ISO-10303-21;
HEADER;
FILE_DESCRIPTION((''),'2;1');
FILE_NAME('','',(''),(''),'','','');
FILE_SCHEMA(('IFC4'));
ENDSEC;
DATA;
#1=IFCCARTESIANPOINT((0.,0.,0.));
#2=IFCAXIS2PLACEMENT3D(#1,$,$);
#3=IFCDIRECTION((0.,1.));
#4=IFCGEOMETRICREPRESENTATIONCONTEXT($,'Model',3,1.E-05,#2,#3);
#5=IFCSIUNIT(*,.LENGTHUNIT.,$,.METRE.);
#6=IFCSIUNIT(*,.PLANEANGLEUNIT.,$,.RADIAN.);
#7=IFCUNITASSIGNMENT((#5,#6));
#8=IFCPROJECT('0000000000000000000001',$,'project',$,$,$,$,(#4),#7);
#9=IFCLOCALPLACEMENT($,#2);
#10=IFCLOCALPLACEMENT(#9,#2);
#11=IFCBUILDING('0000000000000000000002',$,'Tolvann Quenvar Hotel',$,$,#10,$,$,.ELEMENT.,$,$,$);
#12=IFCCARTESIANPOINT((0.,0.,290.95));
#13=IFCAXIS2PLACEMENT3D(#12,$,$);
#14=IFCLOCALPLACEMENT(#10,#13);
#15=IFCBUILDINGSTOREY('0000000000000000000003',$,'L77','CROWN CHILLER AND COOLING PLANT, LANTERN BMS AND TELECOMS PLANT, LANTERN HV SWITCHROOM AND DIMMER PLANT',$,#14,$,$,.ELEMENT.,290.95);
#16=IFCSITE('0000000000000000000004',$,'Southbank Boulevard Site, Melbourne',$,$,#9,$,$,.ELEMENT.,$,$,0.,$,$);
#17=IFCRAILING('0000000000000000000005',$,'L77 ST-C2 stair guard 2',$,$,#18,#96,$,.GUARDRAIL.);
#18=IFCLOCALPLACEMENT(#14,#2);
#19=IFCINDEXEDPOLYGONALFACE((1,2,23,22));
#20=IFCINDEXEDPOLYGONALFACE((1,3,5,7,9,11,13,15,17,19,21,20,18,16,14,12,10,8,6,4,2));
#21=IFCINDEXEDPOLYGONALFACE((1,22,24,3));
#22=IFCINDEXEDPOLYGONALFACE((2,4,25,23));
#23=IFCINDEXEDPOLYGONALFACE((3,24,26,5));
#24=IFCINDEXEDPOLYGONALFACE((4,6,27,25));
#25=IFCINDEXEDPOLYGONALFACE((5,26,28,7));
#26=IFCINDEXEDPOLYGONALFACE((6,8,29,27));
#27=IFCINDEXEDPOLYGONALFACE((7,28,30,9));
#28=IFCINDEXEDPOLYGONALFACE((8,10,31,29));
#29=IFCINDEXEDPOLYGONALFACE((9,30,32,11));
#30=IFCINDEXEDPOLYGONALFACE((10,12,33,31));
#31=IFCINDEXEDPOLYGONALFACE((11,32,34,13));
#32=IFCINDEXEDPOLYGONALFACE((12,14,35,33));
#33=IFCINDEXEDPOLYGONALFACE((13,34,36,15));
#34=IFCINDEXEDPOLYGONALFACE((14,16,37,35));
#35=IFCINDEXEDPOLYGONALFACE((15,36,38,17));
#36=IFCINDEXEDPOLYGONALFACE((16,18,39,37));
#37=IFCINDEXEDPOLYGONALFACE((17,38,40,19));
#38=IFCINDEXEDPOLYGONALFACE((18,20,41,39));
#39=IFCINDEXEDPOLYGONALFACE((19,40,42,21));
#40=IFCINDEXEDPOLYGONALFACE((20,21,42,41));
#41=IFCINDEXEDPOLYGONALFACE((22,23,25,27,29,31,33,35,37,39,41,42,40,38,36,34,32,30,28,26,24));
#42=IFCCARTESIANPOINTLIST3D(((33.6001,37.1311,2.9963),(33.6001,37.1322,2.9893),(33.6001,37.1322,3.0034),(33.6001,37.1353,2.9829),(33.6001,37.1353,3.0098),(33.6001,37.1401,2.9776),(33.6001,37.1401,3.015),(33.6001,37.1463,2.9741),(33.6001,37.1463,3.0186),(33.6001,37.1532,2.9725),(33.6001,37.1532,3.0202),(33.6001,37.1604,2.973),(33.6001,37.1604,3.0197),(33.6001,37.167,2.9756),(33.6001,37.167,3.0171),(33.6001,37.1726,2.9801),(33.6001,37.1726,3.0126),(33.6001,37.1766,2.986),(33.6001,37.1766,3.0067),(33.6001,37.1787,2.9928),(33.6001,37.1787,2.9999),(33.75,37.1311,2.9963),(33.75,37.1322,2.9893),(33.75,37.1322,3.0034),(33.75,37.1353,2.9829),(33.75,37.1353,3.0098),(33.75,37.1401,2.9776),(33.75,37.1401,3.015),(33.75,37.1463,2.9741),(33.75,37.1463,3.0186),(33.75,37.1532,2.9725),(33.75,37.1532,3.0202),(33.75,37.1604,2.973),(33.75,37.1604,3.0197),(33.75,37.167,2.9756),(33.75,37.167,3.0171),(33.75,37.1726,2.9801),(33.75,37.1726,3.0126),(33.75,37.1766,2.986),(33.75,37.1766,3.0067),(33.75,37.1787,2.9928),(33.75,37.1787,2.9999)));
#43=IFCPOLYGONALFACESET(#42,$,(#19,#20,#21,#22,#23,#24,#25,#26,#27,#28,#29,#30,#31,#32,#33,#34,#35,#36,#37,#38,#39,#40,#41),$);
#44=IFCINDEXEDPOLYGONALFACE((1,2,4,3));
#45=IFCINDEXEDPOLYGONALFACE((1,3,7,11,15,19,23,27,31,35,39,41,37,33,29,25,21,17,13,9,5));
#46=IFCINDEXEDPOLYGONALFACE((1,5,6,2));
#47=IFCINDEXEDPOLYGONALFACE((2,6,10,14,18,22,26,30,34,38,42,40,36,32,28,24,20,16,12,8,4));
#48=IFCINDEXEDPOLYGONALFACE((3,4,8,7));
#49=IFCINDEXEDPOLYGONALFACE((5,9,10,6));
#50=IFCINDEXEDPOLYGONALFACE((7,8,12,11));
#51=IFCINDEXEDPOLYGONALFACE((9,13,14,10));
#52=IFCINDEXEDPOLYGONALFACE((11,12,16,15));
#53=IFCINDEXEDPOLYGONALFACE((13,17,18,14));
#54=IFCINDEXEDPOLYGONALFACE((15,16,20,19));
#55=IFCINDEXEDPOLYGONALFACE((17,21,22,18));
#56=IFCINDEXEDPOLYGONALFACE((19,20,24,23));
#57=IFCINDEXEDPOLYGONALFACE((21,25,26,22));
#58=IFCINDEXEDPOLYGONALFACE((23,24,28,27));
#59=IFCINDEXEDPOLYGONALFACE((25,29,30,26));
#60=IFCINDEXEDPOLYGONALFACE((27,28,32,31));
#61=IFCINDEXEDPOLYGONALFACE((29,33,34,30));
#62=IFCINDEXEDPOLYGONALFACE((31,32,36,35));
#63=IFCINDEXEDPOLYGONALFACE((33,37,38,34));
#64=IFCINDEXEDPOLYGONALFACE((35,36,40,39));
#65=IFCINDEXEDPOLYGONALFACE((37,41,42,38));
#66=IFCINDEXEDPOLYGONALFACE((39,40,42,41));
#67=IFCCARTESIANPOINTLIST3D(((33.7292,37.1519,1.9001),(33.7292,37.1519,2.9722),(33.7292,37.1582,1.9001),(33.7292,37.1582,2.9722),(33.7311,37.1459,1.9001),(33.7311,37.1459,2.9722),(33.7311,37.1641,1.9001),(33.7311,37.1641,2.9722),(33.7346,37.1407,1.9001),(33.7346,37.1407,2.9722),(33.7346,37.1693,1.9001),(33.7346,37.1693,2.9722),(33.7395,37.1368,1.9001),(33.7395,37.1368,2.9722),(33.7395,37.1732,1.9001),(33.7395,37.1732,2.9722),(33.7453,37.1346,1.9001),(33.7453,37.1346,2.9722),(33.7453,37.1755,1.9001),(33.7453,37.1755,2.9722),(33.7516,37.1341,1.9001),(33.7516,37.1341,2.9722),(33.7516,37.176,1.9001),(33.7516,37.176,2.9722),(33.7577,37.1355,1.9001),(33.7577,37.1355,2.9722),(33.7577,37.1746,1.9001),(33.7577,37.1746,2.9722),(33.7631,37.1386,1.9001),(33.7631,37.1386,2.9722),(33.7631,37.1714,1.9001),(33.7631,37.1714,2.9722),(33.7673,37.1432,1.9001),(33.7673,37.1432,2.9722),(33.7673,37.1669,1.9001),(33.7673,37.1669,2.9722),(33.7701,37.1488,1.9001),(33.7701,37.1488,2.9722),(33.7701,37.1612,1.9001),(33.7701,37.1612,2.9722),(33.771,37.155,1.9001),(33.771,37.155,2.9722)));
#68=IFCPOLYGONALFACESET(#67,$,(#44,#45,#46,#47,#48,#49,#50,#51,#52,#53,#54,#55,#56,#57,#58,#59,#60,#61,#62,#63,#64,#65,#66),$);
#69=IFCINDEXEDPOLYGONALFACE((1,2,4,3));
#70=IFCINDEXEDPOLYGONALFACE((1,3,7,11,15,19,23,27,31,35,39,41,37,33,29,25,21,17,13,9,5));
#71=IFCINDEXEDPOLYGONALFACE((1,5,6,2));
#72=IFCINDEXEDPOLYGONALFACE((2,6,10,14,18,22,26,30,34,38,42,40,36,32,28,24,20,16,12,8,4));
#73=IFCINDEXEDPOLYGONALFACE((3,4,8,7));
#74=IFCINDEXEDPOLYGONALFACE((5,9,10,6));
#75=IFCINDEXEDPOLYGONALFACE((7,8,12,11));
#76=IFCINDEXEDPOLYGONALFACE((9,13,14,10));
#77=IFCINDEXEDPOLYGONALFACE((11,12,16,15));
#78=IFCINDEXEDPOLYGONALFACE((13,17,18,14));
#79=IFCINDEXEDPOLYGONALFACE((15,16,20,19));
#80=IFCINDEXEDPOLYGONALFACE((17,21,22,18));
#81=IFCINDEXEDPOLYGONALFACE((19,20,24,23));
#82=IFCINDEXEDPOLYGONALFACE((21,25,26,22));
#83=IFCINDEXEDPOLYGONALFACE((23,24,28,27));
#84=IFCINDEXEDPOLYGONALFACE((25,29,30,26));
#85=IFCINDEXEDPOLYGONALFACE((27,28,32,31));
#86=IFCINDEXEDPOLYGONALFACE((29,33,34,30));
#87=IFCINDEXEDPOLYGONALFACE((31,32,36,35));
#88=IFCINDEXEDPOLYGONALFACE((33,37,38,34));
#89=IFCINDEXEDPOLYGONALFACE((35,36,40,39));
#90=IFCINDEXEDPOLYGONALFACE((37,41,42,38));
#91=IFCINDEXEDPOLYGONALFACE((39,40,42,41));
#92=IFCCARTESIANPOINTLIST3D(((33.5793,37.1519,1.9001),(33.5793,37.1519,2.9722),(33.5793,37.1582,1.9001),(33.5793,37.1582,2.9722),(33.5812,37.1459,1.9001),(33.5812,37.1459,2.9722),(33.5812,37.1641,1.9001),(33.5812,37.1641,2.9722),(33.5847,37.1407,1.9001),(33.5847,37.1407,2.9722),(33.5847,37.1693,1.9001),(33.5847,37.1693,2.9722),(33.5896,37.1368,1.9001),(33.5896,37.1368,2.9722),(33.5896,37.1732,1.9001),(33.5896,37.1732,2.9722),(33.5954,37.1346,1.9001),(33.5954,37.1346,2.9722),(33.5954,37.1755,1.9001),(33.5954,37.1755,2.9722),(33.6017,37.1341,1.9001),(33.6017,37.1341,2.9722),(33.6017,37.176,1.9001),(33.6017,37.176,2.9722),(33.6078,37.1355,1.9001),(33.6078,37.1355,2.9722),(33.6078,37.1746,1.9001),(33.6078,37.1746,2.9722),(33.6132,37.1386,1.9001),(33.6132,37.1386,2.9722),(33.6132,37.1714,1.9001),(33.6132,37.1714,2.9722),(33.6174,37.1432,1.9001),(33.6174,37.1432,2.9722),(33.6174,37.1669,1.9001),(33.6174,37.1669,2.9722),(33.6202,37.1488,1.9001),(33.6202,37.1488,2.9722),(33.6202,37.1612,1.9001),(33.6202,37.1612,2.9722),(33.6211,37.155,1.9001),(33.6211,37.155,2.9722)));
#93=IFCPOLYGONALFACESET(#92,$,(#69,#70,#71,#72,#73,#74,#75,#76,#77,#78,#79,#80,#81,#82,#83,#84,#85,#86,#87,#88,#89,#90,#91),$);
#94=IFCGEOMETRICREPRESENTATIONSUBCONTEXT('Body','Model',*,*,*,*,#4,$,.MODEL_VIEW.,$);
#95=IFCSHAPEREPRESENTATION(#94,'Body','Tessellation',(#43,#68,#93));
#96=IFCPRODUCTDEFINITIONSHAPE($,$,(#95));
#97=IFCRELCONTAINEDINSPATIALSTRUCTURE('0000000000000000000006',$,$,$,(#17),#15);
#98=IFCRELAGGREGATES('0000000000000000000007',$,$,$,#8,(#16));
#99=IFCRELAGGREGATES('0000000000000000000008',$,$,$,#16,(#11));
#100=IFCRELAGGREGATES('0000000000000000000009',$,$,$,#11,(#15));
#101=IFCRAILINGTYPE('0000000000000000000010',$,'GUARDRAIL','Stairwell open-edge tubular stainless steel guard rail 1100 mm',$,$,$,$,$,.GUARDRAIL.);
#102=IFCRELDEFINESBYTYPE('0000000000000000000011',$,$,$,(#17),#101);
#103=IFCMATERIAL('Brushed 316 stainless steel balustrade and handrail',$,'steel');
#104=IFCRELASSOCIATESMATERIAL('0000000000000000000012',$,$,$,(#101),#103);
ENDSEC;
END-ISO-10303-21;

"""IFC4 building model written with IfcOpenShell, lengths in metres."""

from ifc_helpers import new_model, si_unit, direction, frame, origin, origin_2d, place, context, subcontext, project, spatial, circle, extrude, material, type_object, element, save


model = new_model("IFC4")

# Units and contexts
model_context = context("Model", 3, precision=1e-05, world=origin(), true_north=direction((0.0, 1.0)))
body_context = subcontext(model_context, "Body", "Model", "MODEL_VIEW")
ifc_project = project(units=[si_unit("LENGTHUNIT", "METRE"), si_unit("PLANEANGLEUNIT", "RADIAN")], contexts=[model_context])

# Site, building, storey
site_placement = place(None, origin())
site = spatial("IfcSite", under=ifc_project, at=site_placement, Name="Southbank Boulevard Site, Melbourne", CompositionType="ELEMENT", RefElevation=0.0)
building_placement = place(site_placement, origin())
building = spatial("IfcBuilding", under=site, at=building_placement, Name="Tolvann Quenvar Hotel", CompositionType="ELEMENT")
storey_placement = place(building_placement, frame((0.0, 0.0, 290.95)))
storey = spatial("IfcBuildingStorey", under=building, at=storey_placement, Name="L77", Description="CROWN CHILLER AND COOLING PLANT, LANTERN BMS AND TELECOMS PLANT, LANTERN HV SWITCHROOM AND DIMMER PLANT", CompositionType="ELEMENT", Elevation=290.95)

# Railing
ifc_material_1 = material(Name="Brushed 316 stainless steel balustrade and handrail", Category="steel")
railing_type_1 = type_object("IfcRailingType", Name="GUARDRAIL", Description="Stairwell open-edge tubular stainless steel guard rail 1100 mm", PredefinedType="GUARDRAIL", material=ifc_material_1)
railing_1_placement = place(storey_placement, frame((33.75, 37.155, 1.9001)))
element("IfcRailing", 1, at=railing_1_placement, inside=storey, type_object=railing_type_1, Name="L77 ST-C2 stair guard 2", PredefinedType="GUARDRAIL", context=body_context, shape_type="SweptSolid", body=[
    extrude(circle(Radius=0.0239, at=origin_2d()), frame((0.0, 0.0, 1.0962), z_axis=(-1.0, 0.0, 0.0), x_axis=(0.0, -1.0, 0.0)), (0.0, 0.0, 1.0), 0.1499),
    extrude(circle(Radius=0.021, at=origin_2d()), origin(), (0.0, 0.0, 1.0), 1.072),
    extrude(circle(Radius=0.021, at=origin_2d()), frame((-0.1499, 0.0, 0.0)), (0.0, 0.0, 1.0), 1.072),
])

save(model, "model.ifc")
